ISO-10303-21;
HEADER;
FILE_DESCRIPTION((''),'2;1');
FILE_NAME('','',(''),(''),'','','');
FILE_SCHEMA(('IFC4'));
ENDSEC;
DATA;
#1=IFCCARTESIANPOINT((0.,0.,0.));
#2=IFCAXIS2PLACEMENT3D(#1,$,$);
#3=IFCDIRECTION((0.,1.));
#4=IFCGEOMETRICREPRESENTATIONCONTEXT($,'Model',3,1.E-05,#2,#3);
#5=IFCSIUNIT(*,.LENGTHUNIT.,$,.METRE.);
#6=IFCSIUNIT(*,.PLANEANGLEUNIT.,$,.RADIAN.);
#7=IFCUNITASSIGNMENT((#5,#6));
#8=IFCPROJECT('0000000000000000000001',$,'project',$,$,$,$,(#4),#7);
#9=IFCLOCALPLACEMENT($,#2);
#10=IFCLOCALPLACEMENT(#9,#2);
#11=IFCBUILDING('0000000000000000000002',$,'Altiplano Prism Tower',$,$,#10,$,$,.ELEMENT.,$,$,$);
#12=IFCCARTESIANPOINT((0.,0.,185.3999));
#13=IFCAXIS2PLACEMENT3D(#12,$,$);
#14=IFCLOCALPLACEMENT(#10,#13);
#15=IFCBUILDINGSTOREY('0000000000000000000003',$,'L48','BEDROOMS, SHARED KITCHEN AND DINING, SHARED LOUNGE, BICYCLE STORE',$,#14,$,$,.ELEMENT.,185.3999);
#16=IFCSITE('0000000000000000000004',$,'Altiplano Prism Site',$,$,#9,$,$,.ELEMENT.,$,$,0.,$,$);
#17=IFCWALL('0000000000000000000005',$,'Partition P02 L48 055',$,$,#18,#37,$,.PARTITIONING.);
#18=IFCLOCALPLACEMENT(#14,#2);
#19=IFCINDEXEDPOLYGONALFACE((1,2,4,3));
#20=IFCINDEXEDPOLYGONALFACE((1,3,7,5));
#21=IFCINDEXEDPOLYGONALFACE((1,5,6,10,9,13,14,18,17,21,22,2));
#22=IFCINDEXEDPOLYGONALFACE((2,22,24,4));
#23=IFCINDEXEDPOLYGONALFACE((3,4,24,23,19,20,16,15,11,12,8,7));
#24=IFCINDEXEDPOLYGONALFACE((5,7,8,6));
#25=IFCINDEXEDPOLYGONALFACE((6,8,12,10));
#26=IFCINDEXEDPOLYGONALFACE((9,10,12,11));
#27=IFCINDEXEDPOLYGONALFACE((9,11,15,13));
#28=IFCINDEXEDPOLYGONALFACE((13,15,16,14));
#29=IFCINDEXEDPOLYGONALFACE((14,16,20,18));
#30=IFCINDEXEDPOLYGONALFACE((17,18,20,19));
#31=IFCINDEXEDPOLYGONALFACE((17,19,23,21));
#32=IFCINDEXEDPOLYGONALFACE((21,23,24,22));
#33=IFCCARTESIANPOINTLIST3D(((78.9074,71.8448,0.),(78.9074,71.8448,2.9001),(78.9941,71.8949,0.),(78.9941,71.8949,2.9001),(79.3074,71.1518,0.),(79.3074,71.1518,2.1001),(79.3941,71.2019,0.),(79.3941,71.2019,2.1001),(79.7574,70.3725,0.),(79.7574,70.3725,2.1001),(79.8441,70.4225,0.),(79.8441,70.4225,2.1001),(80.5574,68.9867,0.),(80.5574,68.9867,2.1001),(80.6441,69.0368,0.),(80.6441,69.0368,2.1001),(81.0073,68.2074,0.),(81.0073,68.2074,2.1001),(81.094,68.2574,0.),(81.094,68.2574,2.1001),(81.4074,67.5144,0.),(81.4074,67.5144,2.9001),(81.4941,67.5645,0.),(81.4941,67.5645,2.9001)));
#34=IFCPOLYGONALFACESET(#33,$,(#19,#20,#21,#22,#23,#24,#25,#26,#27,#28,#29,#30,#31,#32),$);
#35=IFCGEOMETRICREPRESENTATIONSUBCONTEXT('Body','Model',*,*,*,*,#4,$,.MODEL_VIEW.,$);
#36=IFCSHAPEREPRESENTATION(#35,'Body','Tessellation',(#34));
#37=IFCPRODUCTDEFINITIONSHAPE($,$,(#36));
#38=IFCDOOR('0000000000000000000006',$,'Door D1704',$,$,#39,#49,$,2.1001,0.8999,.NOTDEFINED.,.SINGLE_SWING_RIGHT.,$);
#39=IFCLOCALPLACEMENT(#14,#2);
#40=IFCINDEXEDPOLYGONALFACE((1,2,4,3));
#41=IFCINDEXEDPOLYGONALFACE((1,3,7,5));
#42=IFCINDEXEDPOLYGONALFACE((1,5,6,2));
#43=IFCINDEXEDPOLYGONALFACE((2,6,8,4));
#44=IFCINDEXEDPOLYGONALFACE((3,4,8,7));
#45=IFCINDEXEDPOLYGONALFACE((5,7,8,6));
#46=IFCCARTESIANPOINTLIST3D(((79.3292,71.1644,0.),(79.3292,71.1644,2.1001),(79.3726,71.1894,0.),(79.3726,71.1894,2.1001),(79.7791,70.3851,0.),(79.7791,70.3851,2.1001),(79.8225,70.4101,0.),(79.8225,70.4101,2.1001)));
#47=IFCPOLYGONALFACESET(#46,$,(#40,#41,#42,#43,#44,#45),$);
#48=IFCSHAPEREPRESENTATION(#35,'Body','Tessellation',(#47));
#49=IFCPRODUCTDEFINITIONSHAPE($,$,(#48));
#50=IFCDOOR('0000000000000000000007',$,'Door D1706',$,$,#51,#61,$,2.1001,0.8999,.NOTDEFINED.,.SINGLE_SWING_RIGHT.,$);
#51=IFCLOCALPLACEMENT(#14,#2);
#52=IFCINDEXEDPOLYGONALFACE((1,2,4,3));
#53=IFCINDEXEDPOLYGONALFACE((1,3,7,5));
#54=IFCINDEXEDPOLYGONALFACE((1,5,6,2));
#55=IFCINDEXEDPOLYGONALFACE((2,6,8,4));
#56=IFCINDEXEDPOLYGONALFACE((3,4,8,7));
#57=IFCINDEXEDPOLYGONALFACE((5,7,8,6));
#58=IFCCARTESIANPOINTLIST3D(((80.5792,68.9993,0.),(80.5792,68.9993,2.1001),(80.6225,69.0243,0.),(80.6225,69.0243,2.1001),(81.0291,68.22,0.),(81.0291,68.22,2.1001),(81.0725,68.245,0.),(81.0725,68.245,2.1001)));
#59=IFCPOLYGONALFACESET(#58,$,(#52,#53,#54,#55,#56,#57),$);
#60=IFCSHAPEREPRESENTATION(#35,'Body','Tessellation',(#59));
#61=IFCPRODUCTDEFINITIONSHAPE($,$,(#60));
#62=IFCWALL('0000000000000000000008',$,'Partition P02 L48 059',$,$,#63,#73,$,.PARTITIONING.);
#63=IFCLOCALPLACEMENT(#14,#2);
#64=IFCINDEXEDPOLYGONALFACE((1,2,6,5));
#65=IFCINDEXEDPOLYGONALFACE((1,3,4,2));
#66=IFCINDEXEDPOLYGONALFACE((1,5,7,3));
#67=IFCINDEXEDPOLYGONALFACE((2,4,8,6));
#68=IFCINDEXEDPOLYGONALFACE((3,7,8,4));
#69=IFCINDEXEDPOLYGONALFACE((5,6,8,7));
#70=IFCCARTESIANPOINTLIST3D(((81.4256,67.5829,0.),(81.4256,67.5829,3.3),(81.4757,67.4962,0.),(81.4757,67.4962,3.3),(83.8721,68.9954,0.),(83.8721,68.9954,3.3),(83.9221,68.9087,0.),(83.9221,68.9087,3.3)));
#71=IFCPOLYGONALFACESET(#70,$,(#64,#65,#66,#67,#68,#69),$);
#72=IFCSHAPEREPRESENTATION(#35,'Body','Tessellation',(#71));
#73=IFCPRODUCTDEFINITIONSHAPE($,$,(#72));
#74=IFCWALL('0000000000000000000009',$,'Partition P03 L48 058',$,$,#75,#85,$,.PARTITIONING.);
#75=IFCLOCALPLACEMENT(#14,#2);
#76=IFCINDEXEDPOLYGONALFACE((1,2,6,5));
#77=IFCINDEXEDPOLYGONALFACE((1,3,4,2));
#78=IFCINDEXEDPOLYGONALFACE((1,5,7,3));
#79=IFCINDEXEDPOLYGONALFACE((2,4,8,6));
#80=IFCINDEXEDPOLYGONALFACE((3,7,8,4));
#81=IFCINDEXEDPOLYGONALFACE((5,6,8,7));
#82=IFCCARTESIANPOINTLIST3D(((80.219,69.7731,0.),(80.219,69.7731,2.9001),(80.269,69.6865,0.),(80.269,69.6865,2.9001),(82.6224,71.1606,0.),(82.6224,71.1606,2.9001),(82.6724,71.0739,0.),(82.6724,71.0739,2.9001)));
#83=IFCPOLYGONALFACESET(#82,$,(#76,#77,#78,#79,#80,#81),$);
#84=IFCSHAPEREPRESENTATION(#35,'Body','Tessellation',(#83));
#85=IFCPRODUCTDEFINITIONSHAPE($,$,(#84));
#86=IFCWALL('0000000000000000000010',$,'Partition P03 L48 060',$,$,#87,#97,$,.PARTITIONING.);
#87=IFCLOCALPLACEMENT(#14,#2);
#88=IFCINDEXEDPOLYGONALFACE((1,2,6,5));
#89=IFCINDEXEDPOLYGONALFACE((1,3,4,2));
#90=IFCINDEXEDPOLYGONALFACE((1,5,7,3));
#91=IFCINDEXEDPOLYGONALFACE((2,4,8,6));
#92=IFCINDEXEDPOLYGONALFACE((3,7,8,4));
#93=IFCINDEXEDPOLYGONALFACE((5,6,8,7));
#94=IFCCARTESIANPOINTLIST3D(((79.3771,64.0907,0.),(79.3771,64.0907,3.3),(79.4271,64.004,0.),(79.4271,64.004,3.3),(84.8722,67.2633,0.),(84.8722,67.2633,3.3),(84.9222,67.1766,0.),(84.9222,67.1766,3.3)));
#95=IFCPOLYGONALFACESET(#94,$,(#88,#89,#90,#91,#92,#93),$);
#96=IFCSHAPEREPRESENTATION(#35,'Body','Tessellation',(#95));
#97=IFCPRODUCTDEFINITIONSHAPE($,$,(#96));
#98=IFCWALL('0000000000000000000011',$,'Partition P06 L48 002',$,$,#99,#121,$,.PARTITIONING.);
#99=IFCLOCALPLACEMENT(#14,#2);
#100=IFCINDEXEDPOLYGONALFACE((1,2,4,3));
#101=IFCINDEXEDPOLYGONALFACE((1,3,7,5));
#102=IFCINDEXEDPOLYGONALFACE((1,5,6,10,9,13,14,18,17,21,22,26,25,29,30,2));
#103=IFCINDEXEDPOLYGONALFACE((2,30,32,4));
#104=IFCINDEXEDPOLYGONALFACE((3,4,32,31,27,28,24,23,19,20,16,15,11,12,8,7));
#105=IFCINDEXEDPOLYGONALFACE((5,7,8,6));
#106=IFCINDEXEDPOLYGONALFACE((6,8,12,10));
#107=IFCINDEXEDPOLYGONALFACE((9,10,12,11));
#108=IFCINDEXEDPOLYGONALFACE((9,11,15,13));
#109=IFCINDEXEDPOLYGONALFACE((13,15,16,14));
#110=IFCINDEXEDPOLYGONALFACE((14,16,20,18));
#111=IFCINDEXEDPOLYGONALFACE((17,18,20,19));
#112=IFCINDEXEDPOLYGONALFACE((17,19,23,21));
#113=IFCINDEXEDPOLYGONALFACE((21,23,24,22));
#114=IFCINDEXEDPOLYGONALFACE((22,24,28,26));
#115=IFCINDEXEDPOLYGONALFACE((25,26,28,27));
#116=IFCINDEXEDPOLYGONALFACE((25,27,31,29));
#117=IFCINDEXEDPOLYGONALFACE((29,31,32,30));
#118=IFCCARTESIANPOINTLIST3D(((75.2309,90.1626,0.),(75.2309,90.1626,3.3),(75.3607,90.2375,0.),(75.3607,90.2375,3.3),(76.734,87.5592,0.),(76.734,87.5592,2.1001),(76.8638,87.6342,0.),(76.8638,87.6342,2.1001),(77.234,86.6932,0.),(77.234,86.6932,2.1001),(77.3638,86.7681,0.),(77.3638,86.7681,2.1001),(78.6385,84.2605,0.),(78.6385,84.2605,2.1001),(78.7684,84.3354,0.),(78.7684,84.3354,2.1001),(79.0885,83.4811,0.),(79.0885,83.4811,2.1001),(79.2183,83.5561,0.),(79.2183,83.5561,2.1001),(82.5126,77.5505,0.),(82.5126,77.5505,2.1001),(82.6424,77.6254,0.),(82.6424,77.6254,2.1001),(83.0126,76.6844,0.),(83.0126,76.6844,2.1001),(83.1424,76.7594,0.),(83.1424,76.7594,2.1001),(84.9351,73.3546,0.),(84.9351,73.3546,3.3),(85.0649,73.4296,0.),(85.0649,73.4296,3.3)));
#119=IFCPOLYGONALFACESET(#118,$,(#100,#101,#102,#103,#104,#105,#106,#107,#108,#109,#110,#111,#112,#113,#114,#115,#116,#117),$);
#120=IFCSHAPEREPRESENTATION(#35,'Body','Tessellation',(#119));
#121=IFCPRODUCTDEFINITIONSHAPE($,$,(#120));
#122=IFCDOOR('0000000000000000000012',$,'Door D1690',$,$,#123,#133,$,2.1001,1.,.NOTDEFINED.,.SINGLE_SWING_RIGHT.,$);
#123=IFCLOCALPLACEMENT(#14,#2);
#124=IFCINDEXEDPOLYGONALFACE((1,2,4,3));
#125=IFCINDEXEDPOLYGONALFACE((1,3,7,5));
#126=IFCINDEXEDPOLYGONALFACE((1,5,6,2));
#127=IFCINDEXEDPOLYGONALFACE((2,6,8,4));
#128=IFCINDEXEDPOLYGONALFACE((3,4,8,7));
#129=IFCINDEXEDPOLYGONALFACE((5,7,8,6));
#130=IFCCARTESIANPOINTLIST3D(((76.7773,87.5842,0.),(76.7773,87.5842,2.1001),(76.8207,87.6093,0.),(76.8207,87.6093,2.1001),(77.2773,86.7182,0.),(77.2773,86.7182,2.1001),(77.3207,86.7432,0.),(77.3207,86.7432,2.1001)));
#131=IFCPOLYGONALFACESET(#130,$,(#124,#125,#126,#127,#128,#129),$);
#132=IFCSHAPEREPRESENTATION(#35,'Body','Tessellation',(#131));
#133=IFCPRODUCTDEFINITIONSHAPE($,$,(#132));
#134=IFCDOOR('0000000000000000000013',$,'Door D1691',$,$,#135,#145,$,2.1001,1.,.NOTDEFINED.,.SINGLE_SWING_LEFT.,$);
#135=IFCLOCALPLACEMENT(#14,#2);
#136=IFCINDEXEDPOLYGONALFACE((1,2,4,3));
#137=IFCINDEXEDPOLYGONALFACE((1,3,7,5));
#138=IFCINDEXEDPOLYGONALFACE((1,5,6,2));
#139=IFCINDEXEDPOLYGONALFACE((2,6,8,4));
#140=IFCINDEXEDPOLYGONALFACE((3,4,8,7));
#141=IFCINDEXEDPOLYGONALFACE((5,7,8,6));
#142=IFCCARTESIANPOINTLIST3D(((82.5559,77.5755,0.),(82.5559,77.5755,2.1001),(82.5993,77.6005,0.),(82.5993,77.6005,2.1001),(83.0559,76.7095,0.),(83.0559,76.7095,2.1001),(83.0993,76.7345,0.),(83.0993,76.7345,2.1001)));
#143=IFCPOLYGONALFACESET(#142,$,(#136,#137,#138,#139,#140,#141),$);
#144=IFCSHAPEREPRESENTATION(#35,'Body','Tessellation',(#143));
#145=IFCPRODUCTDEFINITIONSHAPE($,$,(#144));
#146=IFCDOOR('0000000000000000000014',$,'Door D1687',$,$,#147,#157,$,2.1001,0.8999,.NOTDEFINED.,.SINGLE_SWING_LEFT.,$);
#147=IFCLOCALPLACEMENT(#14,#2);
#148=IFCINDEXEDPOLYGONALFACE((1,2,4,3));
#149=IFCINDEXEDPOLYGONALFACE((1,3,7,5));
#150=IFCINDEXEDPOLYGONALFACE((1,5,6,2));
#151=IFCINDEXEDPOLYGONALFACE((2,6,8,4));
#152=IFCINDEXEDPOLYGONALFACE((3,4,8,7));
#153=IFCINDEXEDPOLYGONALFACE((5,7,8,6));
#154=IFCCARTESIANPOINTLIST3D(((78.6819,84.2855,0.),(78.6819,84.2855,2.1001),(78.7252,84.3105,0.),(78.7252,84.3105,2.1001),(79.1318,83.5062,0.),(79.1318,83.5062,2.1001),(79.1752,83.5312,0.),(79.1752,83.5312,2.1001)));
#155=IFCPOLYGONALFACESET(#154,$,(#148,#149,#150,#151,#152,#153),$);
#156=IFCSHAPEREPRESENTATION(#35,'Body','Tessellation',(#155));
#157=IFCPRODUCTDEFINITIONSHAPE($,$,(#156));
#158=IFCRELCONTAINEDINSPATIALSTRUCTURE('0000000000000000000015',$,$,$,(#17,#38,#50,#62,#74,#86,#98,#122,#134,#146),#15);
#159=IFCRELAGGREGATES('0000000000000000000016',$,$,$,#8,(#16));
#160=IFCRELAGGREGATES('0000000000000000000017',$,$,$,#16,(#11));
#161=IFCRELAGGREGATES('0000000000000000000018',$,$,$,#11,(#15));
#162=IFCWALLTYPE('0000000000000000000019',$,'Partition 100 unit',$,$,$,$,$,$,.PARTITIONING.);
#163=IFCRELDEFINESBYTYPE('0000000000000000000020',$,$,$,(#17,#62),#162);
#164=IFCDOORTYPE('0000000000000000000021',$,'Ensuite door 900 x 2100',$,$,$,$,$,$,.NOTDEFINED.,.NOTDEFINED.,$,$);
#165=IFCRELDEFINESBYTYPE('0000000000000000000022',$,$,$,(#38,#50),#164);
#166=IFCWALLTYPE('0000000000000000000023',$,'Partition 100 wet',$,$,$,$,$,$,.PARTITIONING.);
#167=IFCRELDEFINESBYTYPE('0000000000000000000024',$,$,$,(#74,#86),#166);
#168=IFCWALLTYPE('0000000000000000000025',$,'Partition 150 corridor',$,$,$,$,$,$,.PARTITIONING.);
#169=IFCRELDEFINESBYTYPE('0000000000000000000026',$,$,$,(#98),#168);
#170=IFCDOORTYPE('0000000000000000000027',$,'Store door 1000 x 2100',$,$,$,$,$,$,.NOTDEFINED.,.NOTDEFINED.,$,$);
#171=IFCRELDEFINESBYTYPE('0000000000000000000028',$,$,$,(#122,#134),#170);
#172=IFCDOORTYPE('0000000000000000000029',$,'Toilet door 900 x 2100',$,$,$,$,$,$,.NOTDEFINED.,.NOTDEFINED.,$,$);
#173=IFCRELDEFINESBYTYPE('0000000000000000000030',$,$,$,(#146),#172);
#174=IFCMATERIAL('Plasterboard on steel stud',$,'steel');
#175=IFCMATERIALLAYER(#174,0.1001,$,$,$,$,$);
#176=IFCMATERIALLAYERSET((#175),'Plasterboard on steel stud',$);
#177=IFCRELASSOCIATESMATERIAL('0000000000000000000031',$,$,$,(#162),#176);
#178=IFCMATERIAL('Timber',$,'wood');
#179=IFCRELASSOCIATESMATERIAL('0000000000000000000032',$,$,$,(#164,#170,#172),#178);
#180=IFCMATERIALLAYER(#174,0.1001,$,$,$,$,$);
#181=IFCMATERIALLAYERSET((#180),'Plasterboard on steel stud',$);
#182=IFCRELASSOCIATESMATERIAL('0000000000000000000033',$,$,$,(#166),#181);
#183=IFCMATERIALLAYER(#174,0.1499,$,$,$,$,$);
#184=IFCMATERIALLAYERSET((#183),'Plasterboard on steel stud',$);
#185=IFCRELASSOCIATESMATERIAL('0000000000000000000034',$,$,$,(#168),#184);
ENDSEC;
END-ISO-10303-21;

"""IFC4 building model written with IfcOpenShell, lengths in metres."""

from ifc_helpers import new_model, si_unit, direction, frame, frame_2d, origin, place, context, subcontext, project, spatial, rectangle, extrude, material, layer, layer_set, type_object, element, fill, save


model = new_model("IFC4")

# Units and contexts
model_context = context("Model", 3, precision=1e-05, world=origin(), true_north=direction((0.0, 1.0)))
body_context = subcontext(model_context, "Body", "Model", "MODEL_VIEW")
ifc_project = project(units=[si_unit("LENGTHUNIT", "METRE"), si_unit("PLANEANGLEUNIT", "RADIAN")], contexts=[model_context])

# Site, building, storey
site_placement = place(None, origin())
site = spatial("IfcSite", under=ifc_project, at=site_placement, Name="Altiplano Prism Site", CompositionType="ELEMENT", RefElevation=0.0)
building_placement = place(site_placement, origin())
building = spatial("IfcBuilding", under=site, at=building_placement, Name="Altiplano Prism Tower", CompositionType="ELEMENT")
storey_placement = place(building_placement, frame((0.0, 0.0, 185.3999)))
storey = spatial("IfcBuildingStorey", under=building, at=storey_placement, Name="L48", Description="BEDROOMS, SHARED KITCHEN AND DINING, SHARED LOUNGE, BICYCLE STORE", CompositionType="ELEMENT", Elevation=185.3999)

# Wall, openings, doors
ifc_material_1 = material(Name="Plasterboard on steel stud", Category="steel")
ifc_layer_1 = layer(ifc_material_1, 0.1001)
ifc_layer_set_1 = layer_set([ifc_layer_1], Name="Plasterboard on steel stud")
wall_type_1 = type_object("IfcWallType", Name="Partition 100 unit", PredefinedType="PARTITIONING", material=ifc_layer_set_1)
wall_1_placement = place(storey_placement, frame((81.4507, 67.5396, 0.0), z_axis=(0.0, 0.0, 1.0), x_axis=(-0.499983, 0.866035, 0.0)))
wall_1 = element("IfcWall", 1, at=wall_1_placement, inside=storey, type_object=wall_type_1, Name="Partition P02 L48 055", PredefinedType="PARTITIONING", context=body_context, shape_type="SweptSolid", body=[
    extrude(rectangle(XDim=5.0002, YDim=0.1001, at=frame_2d((2.5, 0.0))), origin(), (0.0, 0.0, 1.0), 2.9001),
])
opening_1_placement = place(wall_1_placement, frame((3.3, 0.0, 0.0)))
opening_1 = element("IfcOpeningElement", 2, at=opening_1_placement, cuts=wall_1, PredefinedType="OPENING", context=body_context, shape_type="SweptSolid", body=[
    extrude(rectangle(XDim=0.8999, YDim=2.1001, at=frame_2d((0.45, 1.05))), frame((0.0, 0.0605, 0.0), z_axis=(0.0, -1.0, 0.0), x_axis=(1.0, 0.0, 0.0)), (0.0, 0.0, 1.0), 0.1211),
])
opening_2_placement = place(wall_1_placement, frame((0.8, 0.0, 0.0)))
opening_2 = element("IfcOpeningElement", 3, at=opening_2_placement, cuts=wall_1, PredefinedType="OPENING", context=body_context, shape_type="SweptSolid", body=[
    extrude(rectangle(XDim=0.8999, YDim=2.1001, at=frame_2d((0.45, 1.05))), frame((0.0, 0.0605, 0.0), z_axis=(0.0, -1.0, 0.0), x_axis=(1.0, 0.0, 0.0)), (0.0, 0.0, 1.0), 0.1211),
])
ifc_material_2 = material(Name="Timber", Category="wood")
door_type_1 = type_object("IfcDoorType", Name="Ensuite door 900 x 2100", OperationType="NOTDEFINED", PredefinedType="NOTDEFINED", material=ifc_material_2)
door_1_placement = place(opening_1_placement, origin())
door_1 = element("IfcDoor", 4, at=door_1_placement, inside=storey, type_object=door_type_1, Name="Door D1704", OperationType="SINGLE_SWING_RIGHT", OverallHeight=2.1001, OverallWidth=0.8999, PredefinedType="NOTDEFINED", context=body_context, shape_type="SweptSolid", body=[
    extrude(rectangle(XDim=0.8999, YDim=2.1001, at=frame_2d((0.45, 1.05))), frame((0.0, 0.0249, 0.0), z_axis=(0.0, -1.0, 0.0), x_axis=(1.0, 0.0, 0.0)), (0.0, 0.0, 1.0), 0.05),
])
fill(opening_1, door_1)
door_2_placement = place(opening_2_placement, origin())
door_2 = element("IfcDoor", 5, at=door_2_placement, inside=storey, type_object=door_type_1, Name="Door D1706", OperationType="SINGLE_SWING_RIGHT", OverallHeight=2.1001, OverallWidth=0.8999, PredefinedType="NOTDEFINED", context=body_context, shape_type="SweptSolid", body=[
    extrude(rectangle(XDim=0.8999, YDim=2.1001, at=frame_2d((0.45, 1.05))), frame((0.0, 0.0249, 0.0), z_axis=(0.0, -1.0, 0.0), x_axis=(1.0, 0.0, 0.0)), (0.0, 0.0, 1.0), 0.05),
])
fill(opening_2, door_2)

# Walls
wall_2_placement = place(storey_placement, frame((83.8972, 68.9521, 0.0), z_axis=(0.0, 0.0, 1.0), x_axis=(-0.866011, -0.500024, 0.0)))
element("IfcWall", 6, at=wall_2_placement, inside=storey, type_object=wall_type_1, Name="Partition P02 L48 059", PredefinedType="PARTITIONING", context=body_context, shape_type="SweptSolid", body=[
    extrude(rectangle(XDim=2.825, YDim=0.1001, at=frame_2d((1.4126, 0.0))), origin(), (0.0, 0.0, 1.0), 3.3),
])
ifc_layer_2 = layer(ifc_material_1, 0.1001)
ifc_layer_set_2 = layer_set([ifc_layer_2], Name="Plasterboard on steel stud")
wall_type_2 = type_object("IfcWallType", Name="Partition 100 wet", PredefinedType="PARTITIONING", material=ifc_layer_set_2)
wall_3_placement = place(storey_placement, frame((80.2439, 69.7297, 0.0), z_axis=(0.0, 0.0, 1.0), x_axis=(0.866042, 0.499971, 0.0)))
element("IfcWall", 7, at=wall_3_placement, inside=storey, type_object=wall_type_2, Name="Partition P03 L48 058", PredefinedType="PARTITIONING", context=body_context, shape_type="SweptSolid", body=[
    extrude(rectangle(XDim=2.7751, YDim=0.1001, at=frame_2d((1.3877, 0.0))), origin(), (0.0, 0.0, 1.0), 2.9001),
])
wall_4_placement = place(storey_placement, frame((79.4021, 64.0474, 0.0), z_axis=(0.0, 0.0, 1.0), x_axis=(0.866025, 0.5, 0.0)))
element("IfcWall", 8, at=wall_4_placement, inside=storey, type_object=wall_type_2, Name="Partition P03 L48 060", PredefinedType="PARTITIONING", context=body_context, shape_type="SweptSolid", body=[
    extrude(rectangle(XDim=6.3452, YDim=0.1001, at=frame_2d((3.1726, 0.0))), origin(), (0.0, 0.0, 1.0), 3.3),
])

# Wall, openings, doors
ifc_layer_3 = layer(ifc_material_1, 0.1499)
ifc_layer_set_3 = layer_set([ifc_layer_3], Name="Plasterboard on steel stud")
wall_type_3 = type_object("IfcWallType", Name="Partition 150 corridor", PredefinedType="PARTITIONING", material=ifc_layer_set_3)
wall_5_placement = place(storey_placement, frame((85.0, 73.3921, 0.0), z_axis=(0.0, 0.0, 1.0), x_axis=(-0.500003, 0.866024, 0.0)))
wall_5 = element("IfcWall", 9, at=wall_5_placement, inside=storey, type_object=wall_type_3, Name="Partition P06 L48 002", PredefinedType="PARTITIONING", context=body_context, shape_type="SweptSolid", body=[
    extrude(rectangle(XDim=19.4082, YDim=0.1499, at=frame_2d((9.7041, 0.0))), origin(), (0.0, 0.0, 1.0), 3.3),
])
opening_3_placement = place(wall_5_placement, frame((11.6931, 0.0, 0.0)))
opening_3 = element("IfcOpeningElement", 10, at=opening_3_placement, cuts=wall_5, PredefinedType="OPENING", context=body_context, shape_type="SweptSolid", body=[
    extrude(rectangle(XDim=0.8999, YDim=2.1001, at=frame_2d((0.45, 1.05))), frame((0.0, 0.0854, 0.0), z_axis=(0.0, -1.0, 0.0), x_axis=(1.0, 0.0, 0.0)), (0.0, 0.0, 1.0), 0.1709),
])
opening_4_placement = place(wall_5_placement, frame((15.4021, 0.0, 0.0)))
opening_4 = element("IfcOpeningElement", 11, at=opening_4_placement, cuts=wall_5, PredefinedType="OPENING", context=body_context, shape_type="SweptSolid", body=[
    extrude(rectangle(XDim=1.0, YDim=2.1001, at=frame_2d((0.5, 1.05))), frame((0.0, 0.0854, 0.0), z_axis=(0.0, -1.0, 0.0), x_axis=(1.0, 0.0, 0.0)), (0.0, 0.0, 1.0), 0.1709),
])
opening_5_placement = place(wall_5_placement, frame((3.845, 0.0, 0.0)))
opening_5 = element("IfcOpeningElement", 12, at=opening_5_placement, cuts=wall_5, PredefinedType="OPENING", context=body_context, shape_type="SweptSolid", body=[
    extrude(rectangle(XDim=1.0, YDim=2.1001, at=frame_2d((0.5, 1.05))), frame((0.0, 0.0854, 0.0), z_axis=(0.0, -1.0, 0.0), x_axis=(1.0, 0.0, 0.0)), (0.0, 0.0, 1.0), 0.1709),
])
door_type_2 = type_object("IfcDoorType", Name="Store door 1000 x 2100", OperationType="NOTDEFINED", PredefinedType="NOTDEFINED", material=ifc_material_2)
door_3_placement = place(opening_4_placement, origin())
door_3 = element("IfcDoor", 13, at=door_3_placement, inside=storey, type_object=door_type_2, Name="Door D1690", OperationType="SINGLE_SWING_RIGHT", OverallHeight=2.1001, OverallWidth=1.0, PredefinedType="NOTDEFINED", context=body_context, shape_type="SweptSolid", body=[
    extrude(rectangle(XDim=1.0, YDim=2.1001, at=frame_2d((0.5, 1.05))), frame((0.0, 0.0249, 0.0), z_axis=(0.0, -1.0, 0.0), x_axis=(1.0, 0.0, 0.0)), (0.0, 0.0, 1.0), 0.05),
])
fill(opening_4, door_3)
door_4_placement = place(opening_5_placement, origin())
door_4 = element("IfcDoor", 14, at=door_4_placement, inside=storey, type_object=door_type_2, Name="Door D1691", OperationType="SINGLE_SWING_LEFT", OverallHeight=2.1001, OverallWidth=1.0, PredefinedType="NOTDEFINED", context=body_context, shape_type="SweptSolid", body=[
    extrude(rectangle(XDim=1.0, YDim=2.1001, at=frame_2d((0.5, 1.05))), frame((0.0, 0.0249, 0.0), z_axis=(0.0, -1.0, 0.0), x_axis=(1.0, 0.0, 0.0)), (0.0, 0.0, 1.0), 0.05),
])
fill(opening_5, door_4)
door_type_3 = type_object("IfcDoorType", Name="Toilet door 900 x 2100", OperationType="NOTDEFINED", PredefinedType="NOTDEFINED", material=ifc_material_2)
door_5_placement = place(opening_3_placement, origin())
door_5 = element("IfcDoor", 15, at=door_5_placement, inside=storey, type_object=door_type_3, Name="Door D1687", OperationType="SINGLE_SWING_LEFT", OverallHeight=2.1001, OverallWidth=0.8999, PredefinedType="NOTDEFINED", context=body_context, shape_type="SweptSolid", body=[
    extrude(rectangle(XDim=0.8999, YDim=2.1001, at=frame_2d((0.45, 1.05))), frame((0.0, 0.0249, 0.0), z_axis=(0.0, -1.0, 0.0), x_axis=(1.0, 0.0, 0.0)), (0.0, 0.0, 1.0), 0.05),
])
fill(opening_3, door_5)

save(model, "model.ifc")
